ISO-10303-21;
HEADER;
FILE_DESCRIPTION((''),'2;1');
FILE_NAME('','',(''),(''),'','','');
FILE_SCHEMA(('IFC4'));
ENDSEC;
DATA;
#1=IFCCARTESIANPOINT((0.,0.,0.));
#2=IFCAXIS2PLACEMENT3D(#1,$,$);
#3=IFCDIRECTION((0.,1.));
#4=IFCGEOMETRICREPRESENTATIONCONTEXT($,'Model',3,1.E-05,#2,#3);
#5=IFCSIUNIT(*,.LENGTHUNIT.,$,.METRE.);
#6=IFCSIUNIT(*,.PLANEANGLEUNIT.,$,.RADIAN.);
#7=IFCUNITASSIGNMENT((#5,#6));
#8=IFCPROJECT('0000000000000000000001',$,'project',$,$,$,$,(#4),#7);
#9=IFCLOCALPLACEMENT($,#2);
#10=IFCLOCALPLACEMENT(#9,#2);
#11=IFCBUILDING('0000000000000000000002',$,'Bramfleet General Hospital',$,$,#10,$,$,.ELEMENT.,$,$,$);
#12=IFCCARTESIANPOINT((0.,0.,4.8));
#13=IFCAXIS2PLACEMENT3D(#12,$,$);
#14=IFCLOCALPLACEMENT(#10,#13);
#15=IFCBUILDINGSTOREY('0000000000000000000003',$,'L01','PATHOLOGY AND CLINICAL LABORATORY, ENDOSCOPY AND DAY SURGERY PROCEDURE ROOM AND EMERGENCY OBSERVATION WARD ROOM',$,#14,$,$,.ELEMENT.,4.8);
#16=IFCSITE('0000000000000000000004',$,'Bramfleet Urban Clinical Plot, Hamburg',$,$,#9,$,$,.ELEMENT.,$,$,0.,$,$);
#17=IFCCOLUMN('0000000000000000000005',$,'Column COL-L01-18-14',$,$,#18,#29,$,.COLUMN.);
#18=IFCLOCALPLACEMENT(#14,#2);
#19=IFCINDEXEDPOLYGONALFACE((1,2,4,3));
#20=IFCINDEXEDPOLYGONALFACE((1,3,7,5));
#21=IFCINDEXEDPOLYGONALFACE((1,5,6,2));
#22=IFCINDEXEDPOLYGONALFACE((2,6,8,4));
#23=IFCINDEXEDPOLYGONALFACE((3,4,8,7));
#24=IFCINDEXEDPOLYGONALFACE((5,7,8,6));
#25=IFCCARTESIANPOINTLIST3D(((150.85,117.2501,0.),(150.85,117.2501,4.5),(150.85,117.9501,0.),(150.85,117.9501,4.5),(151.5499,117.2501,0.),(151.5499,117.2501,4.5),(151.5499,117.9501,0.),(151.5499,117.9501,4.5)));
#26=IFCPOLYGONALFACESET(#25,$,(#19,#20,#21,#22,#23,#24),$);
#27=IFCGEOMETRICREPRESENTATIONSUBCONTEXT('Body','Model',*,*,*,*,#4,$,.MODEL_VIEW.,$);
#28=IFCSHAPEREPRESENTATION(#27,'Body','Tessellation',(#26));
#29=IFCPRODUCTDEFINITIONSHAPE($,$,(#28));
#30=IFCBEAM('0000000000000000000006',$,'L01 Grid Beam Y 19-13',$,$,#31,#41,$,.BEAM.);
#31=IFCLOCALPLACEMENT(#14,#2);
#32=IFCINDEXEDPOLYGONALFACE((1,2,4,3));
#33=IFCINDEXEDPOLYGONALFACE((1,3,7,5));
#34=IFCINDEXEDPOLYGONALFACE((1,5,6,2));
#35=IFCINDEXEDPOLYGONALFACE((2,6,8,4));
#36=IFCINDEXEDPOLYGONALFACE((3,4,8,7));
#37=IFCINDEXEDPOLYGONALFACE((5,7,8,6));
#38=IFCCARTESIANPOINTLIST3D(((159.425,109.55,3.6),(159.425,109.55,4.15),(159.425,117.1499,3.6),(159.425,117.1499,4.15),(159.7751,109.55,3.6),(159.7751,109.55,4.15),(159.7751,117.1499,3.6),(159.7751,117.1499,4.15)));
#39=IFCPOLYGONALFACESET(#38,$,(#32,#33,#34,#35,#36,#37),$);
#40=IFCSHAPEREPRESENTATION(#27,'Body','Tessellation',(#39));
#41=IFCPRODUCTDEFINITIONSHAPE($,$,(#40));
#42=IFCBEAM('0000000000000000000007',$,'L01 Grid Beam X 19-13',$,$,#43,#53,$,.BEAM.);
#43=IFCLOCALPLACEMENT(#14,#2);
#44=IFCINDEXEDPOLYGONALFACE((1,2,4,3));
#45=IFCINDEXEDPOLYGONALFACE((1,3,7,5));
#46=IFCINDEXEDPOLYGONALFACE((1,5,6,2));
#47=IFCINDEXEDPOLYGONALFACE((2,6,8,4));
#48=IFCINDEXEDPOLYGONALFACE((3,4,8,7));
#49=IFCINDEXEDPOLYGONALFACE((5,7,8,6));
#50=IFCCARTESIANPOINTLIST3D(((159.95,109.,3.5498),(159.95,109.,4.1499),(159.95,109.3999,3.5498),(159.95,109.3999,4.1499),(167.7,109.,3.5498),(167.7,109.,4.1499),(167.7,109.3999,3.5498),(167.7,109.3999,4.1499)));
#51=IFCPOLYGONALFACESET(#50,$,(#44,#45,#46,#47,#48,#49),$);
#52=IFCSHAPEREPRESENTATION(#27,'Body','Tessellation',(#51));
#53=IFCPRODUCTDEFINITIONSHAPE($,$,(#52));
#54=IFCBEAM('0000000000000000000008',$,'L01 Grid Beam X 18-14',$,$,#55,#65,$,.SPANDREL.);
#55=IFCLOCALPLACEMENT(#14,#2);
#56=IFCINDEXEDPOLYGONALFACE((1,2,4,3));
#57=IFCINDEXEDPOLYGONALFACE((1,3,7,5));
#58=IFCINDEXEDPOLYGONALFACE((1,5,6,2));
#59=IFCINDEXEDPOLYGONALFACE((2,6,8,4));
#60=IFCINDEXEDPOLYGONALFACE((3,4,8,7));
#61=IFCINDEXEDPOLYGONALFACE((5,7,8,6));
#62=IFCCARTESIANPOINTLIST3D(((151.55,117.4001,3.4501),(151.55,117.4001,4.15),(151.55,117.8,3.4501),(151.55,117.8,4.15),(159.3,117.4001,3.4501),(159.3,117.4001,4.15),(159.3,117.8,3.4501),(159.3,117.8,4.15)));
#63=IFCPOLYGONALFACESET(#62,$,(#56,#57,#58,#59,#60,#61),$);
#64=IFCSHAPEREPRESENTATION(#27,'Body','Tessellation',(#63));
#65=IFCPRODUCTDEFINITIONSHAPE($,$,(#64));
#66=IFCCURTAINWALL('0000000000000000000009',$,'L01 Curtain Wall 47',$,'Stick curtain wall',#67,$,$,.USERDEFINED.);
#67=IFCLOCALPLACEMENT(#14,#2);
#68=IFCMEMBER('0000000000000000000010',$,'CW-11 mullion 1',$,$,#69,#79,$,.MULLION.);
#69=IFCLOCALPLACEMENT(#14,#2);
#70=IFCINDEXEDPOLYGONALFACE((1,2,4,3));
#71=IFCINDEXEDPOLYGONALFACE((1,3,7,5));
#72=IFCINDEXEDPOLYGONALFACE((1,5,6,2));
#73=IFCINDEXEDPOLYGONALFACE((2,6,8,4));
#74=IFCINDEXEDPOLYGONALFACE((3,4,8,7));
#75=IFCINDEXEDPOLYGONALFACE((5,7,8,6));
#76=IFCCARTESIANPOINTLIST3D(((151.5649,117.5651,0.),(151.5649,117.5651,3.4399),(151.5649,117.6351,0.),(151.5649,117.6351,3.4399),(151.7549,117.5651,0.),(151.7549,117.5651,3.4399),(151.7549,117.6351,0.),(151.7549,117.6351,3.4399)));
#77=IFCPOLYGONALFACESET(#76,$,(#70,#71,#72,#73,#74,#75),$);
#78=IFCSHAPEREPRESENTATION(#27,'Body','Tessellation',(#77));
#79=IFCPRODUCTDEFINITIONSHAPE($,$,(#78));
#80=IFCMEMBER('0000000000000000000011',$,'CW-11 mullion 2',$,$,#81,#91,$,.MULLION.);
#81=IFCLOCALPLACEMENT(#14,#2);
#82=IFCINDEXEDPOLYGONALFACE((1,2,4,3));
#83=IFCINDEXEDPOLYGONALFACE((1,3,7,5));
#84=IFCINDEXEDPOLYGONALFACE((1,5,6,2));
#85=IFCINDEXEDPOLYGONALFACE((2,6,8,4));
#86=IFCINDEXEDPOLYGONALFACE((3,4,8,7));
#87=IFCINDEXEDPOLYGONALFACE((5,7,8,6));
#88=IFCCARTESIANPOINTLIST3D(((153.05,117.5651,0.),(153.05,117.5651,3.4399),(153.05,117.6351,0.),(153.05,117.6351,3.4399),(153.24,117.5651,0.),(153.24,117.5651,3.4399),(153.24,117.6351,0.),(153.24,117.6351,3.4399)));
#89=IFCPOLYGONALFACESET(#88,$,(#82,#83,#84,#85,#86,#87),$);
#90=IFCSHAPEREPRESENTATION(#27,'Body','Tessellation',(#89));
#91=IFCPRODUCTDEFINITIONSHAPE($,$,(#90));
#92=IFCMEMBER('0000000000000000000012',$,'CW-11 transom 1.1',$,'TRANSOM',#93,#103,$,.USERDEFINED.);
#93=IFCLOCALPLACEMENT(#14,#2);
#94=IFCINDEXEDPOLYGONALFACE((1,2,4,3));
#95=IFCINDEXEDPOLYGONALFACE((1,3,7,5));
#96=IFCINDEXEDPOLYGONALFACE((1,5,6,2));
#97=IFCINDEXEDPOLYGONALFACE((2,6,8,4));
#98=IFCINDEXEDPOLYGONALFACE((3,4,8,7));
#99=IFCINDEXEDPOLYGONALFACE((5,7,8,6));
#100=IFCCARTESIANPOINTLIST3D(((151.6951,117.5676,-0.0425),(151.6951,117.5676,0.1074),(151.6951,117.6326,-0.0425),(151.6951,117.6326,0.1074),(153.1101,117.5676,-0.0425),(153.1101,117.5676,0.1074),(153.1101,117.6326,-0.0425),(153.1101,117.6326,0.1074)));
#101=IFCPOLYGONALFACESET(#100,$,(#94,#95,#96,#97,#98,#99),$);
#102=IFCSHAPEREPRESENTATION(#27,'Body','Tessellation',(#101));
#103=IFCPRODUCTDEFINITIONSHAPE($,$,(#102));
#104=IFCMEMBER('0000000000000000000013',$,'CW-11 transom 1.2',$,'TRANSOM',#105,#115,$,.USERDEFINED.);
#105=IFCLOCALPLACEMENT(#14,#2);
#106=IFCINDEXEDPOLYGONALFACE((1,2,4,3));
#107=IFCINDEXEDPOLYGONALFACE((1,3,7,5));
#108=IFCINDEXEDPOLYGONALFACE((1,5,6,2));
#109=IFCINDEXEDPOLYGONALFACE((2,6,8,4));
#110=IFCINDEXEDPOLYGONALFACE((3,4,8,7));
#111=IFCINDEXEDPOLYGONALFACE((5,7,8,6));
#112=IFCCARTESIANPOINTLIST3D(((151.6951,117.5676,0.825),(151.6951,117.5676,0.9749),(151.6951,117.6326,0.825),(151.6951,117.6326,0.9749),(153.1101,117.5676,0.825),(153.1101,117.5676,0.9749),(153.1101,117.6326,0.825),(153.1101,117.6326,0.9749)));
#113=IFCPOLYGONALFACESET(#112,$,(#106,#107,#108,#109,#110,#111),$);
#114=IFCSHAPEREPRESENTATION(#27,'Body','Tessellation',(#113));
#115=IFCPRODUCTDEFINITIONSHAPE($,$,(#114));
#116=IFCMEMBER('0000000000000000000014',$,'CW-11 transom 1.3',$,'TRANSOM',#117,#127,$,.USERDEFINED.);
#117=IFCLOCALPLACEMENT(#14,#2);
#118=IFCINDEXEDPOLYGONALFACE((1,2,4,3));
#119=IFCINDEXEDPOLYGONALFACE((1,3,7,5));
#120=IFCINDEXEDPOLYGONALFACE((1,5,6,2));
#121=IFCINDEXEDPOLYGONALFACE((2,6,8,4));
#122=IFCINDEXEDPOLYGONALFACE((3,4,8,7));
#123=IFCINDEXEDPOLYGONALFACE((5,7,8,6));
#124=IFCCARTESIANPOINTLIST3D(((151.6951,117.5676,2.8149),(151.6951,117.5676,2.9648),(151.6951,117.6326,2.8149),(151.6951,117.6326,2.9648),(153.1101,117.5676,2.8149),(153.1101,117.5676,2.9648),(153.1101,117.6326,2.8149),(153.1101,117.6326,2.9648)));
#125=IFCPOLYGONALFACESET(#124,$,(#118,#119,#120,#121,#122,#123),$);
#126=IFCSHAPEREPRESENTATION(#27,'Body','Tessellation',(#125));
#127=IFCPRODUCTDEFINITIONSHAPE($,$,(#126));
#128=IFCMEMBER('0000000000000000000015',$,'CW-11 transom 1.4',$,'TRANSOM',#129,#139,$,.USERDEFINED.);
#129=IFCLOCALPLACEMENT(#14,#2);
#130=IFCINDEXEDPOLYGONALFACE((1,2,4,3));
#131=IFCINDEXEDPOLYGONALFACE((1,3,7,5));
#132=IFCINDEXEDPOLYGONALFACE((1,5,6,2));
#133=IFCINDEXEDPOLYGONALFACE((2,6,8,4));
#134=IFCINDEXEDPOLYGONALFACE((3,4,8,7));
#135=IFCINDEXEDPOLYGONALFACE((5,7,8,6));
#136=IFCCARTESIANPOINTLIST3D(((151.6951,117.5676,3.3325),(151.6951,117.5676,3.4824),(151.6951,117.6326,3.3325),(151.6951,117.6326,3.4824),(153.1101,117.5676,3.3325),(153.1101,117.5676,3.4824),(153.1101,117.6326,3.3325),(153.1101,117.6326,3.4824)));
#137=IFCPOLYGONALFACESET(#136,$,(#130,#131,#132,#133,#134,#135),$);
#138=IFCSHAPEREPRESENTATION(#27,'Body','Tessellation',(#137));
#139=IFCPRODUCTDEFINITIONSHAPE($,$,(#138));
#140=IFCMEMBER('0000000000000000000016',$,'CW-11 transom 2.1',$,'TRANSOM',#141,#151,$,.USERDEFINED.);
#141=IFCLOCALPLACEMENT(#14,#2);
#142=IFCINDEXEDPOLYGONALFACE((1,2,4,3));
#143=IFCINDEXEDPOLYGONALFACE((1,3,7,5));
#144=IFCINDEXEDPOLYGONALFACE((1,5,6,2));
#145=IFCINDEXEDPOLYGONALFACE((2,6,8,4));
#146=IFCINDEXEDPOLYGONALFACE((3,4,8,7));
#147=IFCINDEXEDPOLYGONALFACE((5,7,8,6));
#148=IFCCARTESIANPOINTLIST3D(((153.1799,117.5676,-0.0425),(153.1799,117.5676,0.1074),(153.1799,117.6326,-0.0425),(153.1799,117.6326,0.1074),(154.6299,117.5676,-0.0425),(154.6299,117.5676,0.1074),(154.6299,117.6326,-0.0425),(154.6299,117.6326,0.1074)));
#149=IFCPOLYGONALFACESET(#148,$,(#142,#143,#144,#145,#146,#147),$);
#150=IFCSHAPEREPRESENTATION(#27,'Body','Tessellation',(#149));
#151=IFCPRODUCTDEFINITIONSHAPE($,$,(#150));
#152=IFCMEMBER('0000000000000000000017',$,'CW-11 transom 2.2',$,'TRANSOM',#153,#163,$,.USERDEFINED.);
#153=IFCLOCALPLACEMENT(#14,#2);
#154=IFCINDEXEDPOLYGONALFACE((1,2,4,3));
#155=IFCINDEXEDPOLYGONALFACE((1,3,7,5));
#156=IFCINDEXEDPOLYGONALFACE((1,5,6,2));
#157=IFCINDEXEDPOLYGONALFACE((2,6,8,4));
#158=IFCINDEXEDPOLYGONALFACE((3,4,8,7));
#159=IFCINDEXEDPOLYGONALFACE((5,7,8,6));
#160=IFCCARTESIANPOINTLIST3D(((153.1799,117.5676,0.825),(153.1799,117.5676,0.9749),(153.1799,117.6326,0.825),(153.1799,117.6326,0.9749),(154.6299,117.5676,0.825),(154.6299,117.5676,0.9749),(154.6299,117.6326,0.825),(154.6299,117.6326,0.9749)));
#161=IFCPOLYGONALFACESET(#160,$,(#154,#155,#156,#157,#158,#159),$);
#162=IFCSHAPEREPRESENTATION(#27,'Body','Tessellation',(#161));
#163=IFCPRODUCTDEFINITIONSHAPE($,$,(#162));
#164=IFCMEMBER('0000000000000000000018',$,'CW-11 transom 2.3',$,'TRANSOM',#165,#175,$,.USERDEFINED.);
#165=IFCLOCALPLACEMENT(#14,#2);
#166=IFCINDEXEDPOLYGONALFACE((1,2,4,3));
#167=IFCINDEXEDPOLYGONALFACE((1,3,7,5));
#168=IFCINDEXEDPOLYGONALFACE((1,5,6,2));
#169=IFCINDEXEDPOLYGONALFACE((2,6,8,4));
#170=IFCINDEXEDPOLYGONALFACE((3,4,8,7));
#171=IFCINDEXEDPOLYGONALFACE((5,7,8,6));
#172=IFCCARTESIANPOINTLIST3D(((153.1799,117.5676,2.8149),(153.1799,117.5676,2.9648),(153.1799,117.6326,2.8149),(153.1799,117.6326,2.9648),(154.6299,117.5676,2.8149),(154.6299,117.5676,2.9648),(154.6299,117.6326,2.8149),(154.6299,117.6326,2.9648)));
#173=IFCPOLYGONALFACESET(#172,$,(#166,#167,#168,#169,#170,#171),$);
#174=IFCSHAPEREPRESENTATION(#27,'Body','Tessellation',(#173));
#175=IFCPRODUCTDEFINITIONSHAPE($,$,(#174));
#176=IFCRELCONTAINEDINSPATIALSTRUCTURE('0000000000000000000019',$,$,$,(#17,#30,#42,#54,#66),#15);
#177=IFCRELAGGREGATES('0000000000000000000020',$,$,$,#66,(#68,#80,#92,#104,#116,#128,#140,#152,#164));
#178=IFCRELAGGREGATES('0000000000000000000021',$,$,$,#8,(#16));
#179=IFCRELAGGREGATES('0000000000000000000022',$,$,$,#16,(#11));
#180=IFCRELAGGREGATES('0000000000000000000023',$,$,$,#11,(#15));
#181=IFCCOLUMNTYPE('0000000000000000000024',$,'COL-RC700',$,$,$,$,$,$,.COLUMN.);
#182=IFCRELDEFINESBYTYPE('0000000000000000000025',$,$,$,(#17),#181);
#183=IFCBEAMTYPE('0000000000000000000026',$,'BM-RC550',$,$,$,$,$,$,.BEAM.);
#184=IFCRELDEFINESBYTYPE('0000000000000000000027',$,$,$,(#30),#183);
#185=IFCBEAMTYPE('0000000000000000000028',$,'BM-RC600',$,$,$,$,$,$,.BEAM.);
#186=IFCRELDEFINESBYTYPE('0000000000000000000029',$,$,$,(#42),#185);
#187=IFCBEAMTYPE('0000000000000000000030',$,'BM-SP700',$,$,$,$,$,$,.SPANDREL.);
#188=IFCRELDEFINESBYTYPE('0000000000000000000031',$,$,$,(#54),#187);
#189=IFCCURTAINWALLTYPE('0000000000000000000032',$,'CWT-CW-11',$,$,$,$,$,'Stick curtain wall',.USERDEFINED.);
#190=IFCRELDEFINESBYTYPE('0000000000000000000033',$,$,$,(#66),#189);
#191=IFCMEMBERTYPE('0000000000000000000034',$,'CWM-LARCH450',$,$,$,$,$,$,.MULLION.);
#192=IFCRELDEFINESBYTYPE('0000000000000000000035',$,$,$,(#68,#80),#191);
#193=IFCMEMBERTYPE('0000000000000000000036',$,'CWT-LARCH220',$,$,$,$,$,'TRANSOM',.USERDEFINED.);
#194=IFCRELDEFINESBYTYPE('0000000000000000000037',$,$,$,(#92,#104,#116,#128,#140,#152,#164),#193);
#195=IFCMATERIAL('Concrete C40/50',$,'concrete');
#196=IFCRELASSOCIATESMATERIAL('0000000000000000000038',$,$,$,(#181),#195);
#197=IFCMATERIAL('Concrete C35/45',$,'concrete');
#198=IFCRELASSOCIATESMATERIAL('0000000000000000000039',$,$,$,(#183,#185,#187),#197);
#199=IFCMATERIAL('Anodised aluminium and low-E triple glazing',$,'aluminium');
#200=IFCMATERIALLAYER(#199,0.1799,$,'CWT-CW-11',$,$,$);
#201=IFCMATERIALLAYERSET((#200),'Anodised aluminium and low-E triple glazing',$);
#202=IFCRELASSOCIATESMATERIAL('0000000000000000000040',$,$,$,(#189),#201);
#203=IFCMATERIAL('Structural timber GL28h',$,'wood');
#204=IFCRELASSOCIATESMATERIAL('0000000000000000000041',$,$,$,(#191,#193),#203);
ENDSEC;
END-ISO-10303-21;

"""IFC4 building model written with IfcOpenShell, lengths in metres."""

from ifc_helpers import new_model, si_unit, direction, frame, origin, origin_2d, place, context, subcontext, project, spatial, rectangle, extrude, material, layer, layer_set, material_profile, profile_set, type_object, element, aggregate, save


model = new_model("IFC4")

# Units and contexts
model_context = context("Model", 3, precision=1e-05, world=origin(), true_north=direction((0.0, 1.0)))
body_context = subcontext(model_context, "Body", "Model", "MODEL_VIEW")
ifc_project = project(units=[si_unit("LENGTHUNIT", "METRE"), si_unit("PLANEANGLEUNIT", "RADIAN")], contexts=[model_context])

# Site, building, storey
site_placement = place(None, origin())
site = spatial("IfcSite", under=ifc_project, at=site_placement, Name="Bramfleet Urban Clinical Plot, Hamburg", CompositionType="ELEMENT", RefElevation=0.0)
building_placement = place(site_placement, origin())
building = spatial("IfcBuilding", under=site, at=building_placement, Name="Bramfleet General Hospital", CompositionType="ELEMENT")
storey_placement = place(building_placement, frame((0.0, 0.0, 4.8)))
storey = spatial("IfcBuildingStorey", under=building, at=storey_placement, Name="L01", Description="PATHOLOGY AND CLINICAL LABORATORY, ENDOSCOPY AND DAY SURGERY PROCEDURE ROOM AND EMERGENCY OBSERVATION WARD ROOM", CompositionType="ELEMENT", Elevation=4.8)

# Column
ifc_material_1 = material(Name="Concrete C40/50", Category="concrete")
ifc_material_profile_1 = material_profile(ifc_material_1, rectangle(XDim=0.7, YDim=0.7, at=origin_2d()), Name="RC COL 700x700")
ifc_profile_set_1 = profile_set([ifc_material_profile_1], Name="Concrete C40/50")
column_type = type_object("IfcColumnType", Name="COL-RC700", PredefinedType="COLUMN", material=ifc_profile_set_1)
column_placement = place(storey_placement, frame((151.2, 117.6001, 0.0), z_axis=(0.0, 0.0, 1.0), x_axis=(1.0, 0.0, 0.0)))
element("IfcColumn", 1, at=column_placement, inside=storey, type_object=column_type, Name="Column COL-L01-18-14", PredefinedType="COLUMN", context=body_context, shape_type="SweptSolid", body=[
    extrude(rectangle(XDim=0.7, YDim=0.7, at=origin_2d()), origin(), (0.0, 0.0, 1.0), 4.5),
])

# Beams
ifc_material_2 = material(Name="Concrete C35/45", Category="concrete")
ifc_material_profile_2 = material_profile(ifc_material_2, rectangle(XDim=0.3501, YDim=0.55, at=origin_2d()), Name="RC BM 550x350")
ifc_profile_set_2 = profile_set([ifc_material_profile_2], Name="Concrete C35/45")
beam_type_1 = type_object("IfcBeamType", Name="BM-RC550", PredefinedType="BEAM", material=ifc_profile_set_2)
beam_1_placement = place(storey_placement, frame((159.6001, 109.55, 3.875), z_axis=(0.0, 1.0, 0.0), x_axis=(-1.0, 0.0, 0.0)))
element("IfcBeam", 2, at=beam_1_placement, inside=storey, type_object=beam_type_1, Name="L01 Grid Beam Y 19-13", PredefinedType="BEAM", context=body_context, shape_type="SweptSolid", body=[
    extrude(rectangle(XDim=0.3501, YDim=0.55, at=origin_2d()), origin(), (0.0, 0.0, 1.0), 7.5999),
])
ifc_material_profile_3 = material_profile(ifc_material_2, rectangle(XDim=0.3999, YDim=0.6001, at=origin_2d()), Name="RC BM 600x400")
ifc_profile_set_3 = profile_set([ifc_material_profile_3], Name="Concrete C35/45")
beam_type_2 = type_object("IfcBeamType", Name="BM-RC600", PredefinedType="BEAM", material=ifc_profile_set_3)
beam_2_placement = place(storey_placement, frame((159.95, 109.2, 3.8499), z_axis=(1.0, 0.0, 0.0), x_axis=(0.0, 1.0, 0.0)))
element("IfcBeam", 3, at=beam_2_placement, inside=storey, type_object=beam_type_2, Name="L01 Grid Beam X 19-13", PredefinedType="BEAM", context=body_context, shape_type="SweptSolid", body=[
    extrude(rectangle(XDim=0.3999, YDim=0.6001, at=origin_2d()), origin(), (0.0, 0.0, 1.0), 7.75),
])
ifc_material_profile_4 = material_profile(ifc_material_2, rectangle(XDim=0.3999, YDim=0.7, at=origin_2d()), Name="RC SP 700x400")
ifc_profile_set_4 = profile_set([ifc_material_profile_4], Name="Concrete C35/45")
beam_type_3 = type_object("IfcBeamType", Name="BM-SP700", PredefinedType="SPANDREL", material=ifc_profile_set_4)
beam_3_placement = place(storey_placement, frame((151.55, 117.6001, 3.8), z_axis=(1.0, 0.0, 0.0), x_axis=(0.0, 1.0, 0.0)))
element("IfcBeam", 4, at=beam_3_placement, inside=storey, type_object=beam_type_3, Name="L01 Grid Beam X 18-14", PredefinedType="SPANDREL", context=body_context, shape_type="SweptSolid", body=[
    extrude(rectangle(XDim=0.3999, YDim=0.7, at=origin_2d()), origin(), (0.0, 0.0, 1.0), 7.75),
])

# Curtain wall, members
ifc_material_3 = material(Name="Anodised aluminium and low-E triple glazing", Category="aluminium")
ifc_layer_1 = layer(ifc_material_3, 0.1799, Name="CWT-CW-11")
ifc_layer_set_1 = layer_set([ifc_layer_1], Name="Anodised aluminium and low-E triple glazing")
curtain_wall_type = type_object("IfcCurtainWallType", Name="CWT-CW-11", ElementType="Stick curtain wall", PredefinedType="USERDEFINED", material=ifc_layer_set_1)
curtain_wall_placement = place(storey_placement, origin())
curtain_wall = element("IfcCurtainWall", 5, at=curtain_wall_placement, inside=storey, type_object=curtain_wall_type, Name="L01 Curtain Wall 47", ObjectType="Stick curtain wall", PredefinedType="USERDEFINED")
ifc_material_4 = material(Name="Structural timber GL28h", Category="wood")
ifc_material_profile_5 = material_profile(ifc_material_4, rectangle(XDim=0.0701, YDim=0.1899, at=origin_2d()), Name="LARCH 190x70")
ifc_profile_set_5 = profile_set([ifc_material_profile_5], Name="Structural timber GL28h")
member_type_1 = type_object("IfcMemberType", Name="CWM-LARCH450", PredefinedType="MULLION", material=ifc_profile_set_5)
member_1_placement = place(storey_placement, frame((151.6599, 117.6001, 0.0), z_axis=(0.0, 0.0, 1.0), x_axis=(0.0, 1.0, 0.0)))
member_1 = element("IfcMember", 6, at=member_1_placement, type_object=member_type_1, Name="CW-11 mullion 1", PredefinedType="MULLION", context=body_context, shape_type="SweptSolid", body=[
    extrude(rectangle(XDim=0.0701, YDim=0.1899, at=origin_2d()), origin(), (0.0, 0.0, 1.0), 3.4399),
])
member_2_placement = place(storey_placement, frame((153.145, 117.6001, 0.0), z_axis=(0.0, 0.0, 1.0), x_axis=(0.0, 1.0, 0.0)))
member_2 = element("IfcMember", 7, at=member_2_placement, type_object=member_type_1, Name="CW-11 mullion 2", PredefinedType="MULLION", context=body_context, shape_type="SweptSolid", body=[
    extrude(rectangle(XDim=0.0701, YDim=0.1899, at=origin_2d()), origin(), (0.0, 0.0, 1.0), 3.4399),
])
ifc_material_profile_6 = material_profile(ifc_material_4, rectangle(XDim=0.0649, YDim=0.1499, at=origin_2d()), Name="LARCH 150x65")
ifc_profile_set_6 = profile_set([ifc_material_profile_6], Name="Structural timber GL28h")
member_type_2 = type_object("IfcMemberType", Name="CWT-LARCH220", ElementType="TRANSOM", PredefinedType="USERDEFINED", material=ifc_profile_set_6)
member_3_placement = place(storey_placement, frame((151.6951, 117.6001, 0.0325), z_axis=(1.0, 0.0, 0.0), x_axis=(0.0, 1.0, 0.0)))
member_3 = element("IfcMember", 8, at=member_3_placement, type_object=member_type_2, Name="CW-11 transom 1.1", ObjectType="TRANSOM", PredefinedType="USERDEFINED", context=body_context, shape_type="SweptSolid", body=[
    extrude(rectangle(XDim=0.0649, YDim=0.1499, at=origin_2d()), origin(), (0.0, 0.0, 1.0), 1.415),
])
member_4_placement = place(storey_placement, frame((151.6951, 117.6001, 0.8999), z_axis=(1.0, 0.0, 0.0), x_axis=(0.0, 1.0, 0.0)))
member_4 = element("IfcMember", 9, at=member_4_placement, type_object=member_type_2, Name="CW-11 transom 1.2", ObjectType="TRANSOM", PredefinedType="USERDEFINED", context=body_context, shape_type="SweptSolid", body=[
    extrude(rectangle(XDim=0.0649, YDim=0.1499, at=origin_2d()), origin(), (0.0, 0.0, 1.0), 1.415),
])
member_5_placement = place(storey_placement, frame((151.6951, 117.6001, 2.8899), z_axis=(1.0, 0.0, 0.0), x_axis=(0.0, 1.0, 0.0)))
member_5 = element("IfcMember", 10, at=member_5_placement, type_object=member_type_2, Name="CW-11 transom 1.3", ObjectType="TRANSOM", PredefinedType="USERDEFINED", context=body_context, shape_type="SweptSolid", body=[
    extrude(rectangle(XDim=0.0649, YDim=0.1499, at=origin_2d()), origin(), (0.0, 0.0, 1.0), 1.415),
])
member_6_placement = place(storey_placement, frame((151.6951, 117.6001, 3.4075), z_axis=(1.0, 0.0, 0.0), x_axis=(0.0, 1.0, 0.0)))
member_6 = element("IfcMember", 11, at=member_6_placement, type_object=member_type_2, Name="CW-11 transom 1.4", ObjectType="TRANSOM", PredefinedType="USERDEFINED", context=body_context, shape_type="SweptSolid", body=[
    extrude(rectangle(XDim=0.0649, YDim=0.1499, at=origin_2d()), origin(), (0.0, 0.0, 1.0), 1.415),
])
member_7_placement = place(storey_placement, frame((153.1799, 117.6001, 0.0325), z_axis=(1.0, 0.0, 0.0), x_axis=(0.0, 1.0, 0.0)))
member_7 = element("IfcMember", 12, at=member_7_placement, type_object=member_type_2, Name="CW-11 transom 2.1", ObjectType="TRANSOM", PredefinedType="USERDEFINED", context=body_context, shape_type="SweptSolid", body=[
    extrude(rectangle(XDim=0.0649, YDim=0.1499, at=origin_2d()), origin(), (0.0, 0.0, 1.0), 1.45),
])
member_8_placement = place(storey_placement, frame((153.1799, 117.6001, 0.8999), z_axis=(1.0, 0.0, 0.0), x_axis=(0.0, 1.0, 0.0)))
member_8 = element("IfcMember", 13, at=member_8_placement, type_object=member_type_2, Name="CW-11 transom 2.2", ObjectType="TRANSOM", PredefinedType="USERDEFINED", context=body_context, shape_type="SweptSolid", body=[
    extrude(rectangle(XDim=0.0649, YDim=0.1499, at=origin_2d()), origin(), (0.0, 0.0, 1.0), 1.45),
])
member_9_placement = place(storey_placement, frame((153.1799, 117.6001, 2.8899), z_axis=(1.0, 0.0, 0.0), x_axis=(0.0, 1.0, 0.0)))
member_9 = element("IfcMember", 14, at=member_9_placement, type_object=member_type_2, Name="CW-11 transom 2.3", ObjectType="TRANSOM", PredefinedType="USERDEFINED", context=body_context, shape_type="SweptSolid", body=[
    extrude(rectangle(XDim=0.0649, YDim=0.1499, at=origin_2d()), origin(), (0.0, 0.0, 1.0), 1.45),
])
aggregate(curtain_wall, [member_1, member_2, member_3, member_4, member_5, member_6, member_7, member_8, member_9])

save(model, "model.ifc")
